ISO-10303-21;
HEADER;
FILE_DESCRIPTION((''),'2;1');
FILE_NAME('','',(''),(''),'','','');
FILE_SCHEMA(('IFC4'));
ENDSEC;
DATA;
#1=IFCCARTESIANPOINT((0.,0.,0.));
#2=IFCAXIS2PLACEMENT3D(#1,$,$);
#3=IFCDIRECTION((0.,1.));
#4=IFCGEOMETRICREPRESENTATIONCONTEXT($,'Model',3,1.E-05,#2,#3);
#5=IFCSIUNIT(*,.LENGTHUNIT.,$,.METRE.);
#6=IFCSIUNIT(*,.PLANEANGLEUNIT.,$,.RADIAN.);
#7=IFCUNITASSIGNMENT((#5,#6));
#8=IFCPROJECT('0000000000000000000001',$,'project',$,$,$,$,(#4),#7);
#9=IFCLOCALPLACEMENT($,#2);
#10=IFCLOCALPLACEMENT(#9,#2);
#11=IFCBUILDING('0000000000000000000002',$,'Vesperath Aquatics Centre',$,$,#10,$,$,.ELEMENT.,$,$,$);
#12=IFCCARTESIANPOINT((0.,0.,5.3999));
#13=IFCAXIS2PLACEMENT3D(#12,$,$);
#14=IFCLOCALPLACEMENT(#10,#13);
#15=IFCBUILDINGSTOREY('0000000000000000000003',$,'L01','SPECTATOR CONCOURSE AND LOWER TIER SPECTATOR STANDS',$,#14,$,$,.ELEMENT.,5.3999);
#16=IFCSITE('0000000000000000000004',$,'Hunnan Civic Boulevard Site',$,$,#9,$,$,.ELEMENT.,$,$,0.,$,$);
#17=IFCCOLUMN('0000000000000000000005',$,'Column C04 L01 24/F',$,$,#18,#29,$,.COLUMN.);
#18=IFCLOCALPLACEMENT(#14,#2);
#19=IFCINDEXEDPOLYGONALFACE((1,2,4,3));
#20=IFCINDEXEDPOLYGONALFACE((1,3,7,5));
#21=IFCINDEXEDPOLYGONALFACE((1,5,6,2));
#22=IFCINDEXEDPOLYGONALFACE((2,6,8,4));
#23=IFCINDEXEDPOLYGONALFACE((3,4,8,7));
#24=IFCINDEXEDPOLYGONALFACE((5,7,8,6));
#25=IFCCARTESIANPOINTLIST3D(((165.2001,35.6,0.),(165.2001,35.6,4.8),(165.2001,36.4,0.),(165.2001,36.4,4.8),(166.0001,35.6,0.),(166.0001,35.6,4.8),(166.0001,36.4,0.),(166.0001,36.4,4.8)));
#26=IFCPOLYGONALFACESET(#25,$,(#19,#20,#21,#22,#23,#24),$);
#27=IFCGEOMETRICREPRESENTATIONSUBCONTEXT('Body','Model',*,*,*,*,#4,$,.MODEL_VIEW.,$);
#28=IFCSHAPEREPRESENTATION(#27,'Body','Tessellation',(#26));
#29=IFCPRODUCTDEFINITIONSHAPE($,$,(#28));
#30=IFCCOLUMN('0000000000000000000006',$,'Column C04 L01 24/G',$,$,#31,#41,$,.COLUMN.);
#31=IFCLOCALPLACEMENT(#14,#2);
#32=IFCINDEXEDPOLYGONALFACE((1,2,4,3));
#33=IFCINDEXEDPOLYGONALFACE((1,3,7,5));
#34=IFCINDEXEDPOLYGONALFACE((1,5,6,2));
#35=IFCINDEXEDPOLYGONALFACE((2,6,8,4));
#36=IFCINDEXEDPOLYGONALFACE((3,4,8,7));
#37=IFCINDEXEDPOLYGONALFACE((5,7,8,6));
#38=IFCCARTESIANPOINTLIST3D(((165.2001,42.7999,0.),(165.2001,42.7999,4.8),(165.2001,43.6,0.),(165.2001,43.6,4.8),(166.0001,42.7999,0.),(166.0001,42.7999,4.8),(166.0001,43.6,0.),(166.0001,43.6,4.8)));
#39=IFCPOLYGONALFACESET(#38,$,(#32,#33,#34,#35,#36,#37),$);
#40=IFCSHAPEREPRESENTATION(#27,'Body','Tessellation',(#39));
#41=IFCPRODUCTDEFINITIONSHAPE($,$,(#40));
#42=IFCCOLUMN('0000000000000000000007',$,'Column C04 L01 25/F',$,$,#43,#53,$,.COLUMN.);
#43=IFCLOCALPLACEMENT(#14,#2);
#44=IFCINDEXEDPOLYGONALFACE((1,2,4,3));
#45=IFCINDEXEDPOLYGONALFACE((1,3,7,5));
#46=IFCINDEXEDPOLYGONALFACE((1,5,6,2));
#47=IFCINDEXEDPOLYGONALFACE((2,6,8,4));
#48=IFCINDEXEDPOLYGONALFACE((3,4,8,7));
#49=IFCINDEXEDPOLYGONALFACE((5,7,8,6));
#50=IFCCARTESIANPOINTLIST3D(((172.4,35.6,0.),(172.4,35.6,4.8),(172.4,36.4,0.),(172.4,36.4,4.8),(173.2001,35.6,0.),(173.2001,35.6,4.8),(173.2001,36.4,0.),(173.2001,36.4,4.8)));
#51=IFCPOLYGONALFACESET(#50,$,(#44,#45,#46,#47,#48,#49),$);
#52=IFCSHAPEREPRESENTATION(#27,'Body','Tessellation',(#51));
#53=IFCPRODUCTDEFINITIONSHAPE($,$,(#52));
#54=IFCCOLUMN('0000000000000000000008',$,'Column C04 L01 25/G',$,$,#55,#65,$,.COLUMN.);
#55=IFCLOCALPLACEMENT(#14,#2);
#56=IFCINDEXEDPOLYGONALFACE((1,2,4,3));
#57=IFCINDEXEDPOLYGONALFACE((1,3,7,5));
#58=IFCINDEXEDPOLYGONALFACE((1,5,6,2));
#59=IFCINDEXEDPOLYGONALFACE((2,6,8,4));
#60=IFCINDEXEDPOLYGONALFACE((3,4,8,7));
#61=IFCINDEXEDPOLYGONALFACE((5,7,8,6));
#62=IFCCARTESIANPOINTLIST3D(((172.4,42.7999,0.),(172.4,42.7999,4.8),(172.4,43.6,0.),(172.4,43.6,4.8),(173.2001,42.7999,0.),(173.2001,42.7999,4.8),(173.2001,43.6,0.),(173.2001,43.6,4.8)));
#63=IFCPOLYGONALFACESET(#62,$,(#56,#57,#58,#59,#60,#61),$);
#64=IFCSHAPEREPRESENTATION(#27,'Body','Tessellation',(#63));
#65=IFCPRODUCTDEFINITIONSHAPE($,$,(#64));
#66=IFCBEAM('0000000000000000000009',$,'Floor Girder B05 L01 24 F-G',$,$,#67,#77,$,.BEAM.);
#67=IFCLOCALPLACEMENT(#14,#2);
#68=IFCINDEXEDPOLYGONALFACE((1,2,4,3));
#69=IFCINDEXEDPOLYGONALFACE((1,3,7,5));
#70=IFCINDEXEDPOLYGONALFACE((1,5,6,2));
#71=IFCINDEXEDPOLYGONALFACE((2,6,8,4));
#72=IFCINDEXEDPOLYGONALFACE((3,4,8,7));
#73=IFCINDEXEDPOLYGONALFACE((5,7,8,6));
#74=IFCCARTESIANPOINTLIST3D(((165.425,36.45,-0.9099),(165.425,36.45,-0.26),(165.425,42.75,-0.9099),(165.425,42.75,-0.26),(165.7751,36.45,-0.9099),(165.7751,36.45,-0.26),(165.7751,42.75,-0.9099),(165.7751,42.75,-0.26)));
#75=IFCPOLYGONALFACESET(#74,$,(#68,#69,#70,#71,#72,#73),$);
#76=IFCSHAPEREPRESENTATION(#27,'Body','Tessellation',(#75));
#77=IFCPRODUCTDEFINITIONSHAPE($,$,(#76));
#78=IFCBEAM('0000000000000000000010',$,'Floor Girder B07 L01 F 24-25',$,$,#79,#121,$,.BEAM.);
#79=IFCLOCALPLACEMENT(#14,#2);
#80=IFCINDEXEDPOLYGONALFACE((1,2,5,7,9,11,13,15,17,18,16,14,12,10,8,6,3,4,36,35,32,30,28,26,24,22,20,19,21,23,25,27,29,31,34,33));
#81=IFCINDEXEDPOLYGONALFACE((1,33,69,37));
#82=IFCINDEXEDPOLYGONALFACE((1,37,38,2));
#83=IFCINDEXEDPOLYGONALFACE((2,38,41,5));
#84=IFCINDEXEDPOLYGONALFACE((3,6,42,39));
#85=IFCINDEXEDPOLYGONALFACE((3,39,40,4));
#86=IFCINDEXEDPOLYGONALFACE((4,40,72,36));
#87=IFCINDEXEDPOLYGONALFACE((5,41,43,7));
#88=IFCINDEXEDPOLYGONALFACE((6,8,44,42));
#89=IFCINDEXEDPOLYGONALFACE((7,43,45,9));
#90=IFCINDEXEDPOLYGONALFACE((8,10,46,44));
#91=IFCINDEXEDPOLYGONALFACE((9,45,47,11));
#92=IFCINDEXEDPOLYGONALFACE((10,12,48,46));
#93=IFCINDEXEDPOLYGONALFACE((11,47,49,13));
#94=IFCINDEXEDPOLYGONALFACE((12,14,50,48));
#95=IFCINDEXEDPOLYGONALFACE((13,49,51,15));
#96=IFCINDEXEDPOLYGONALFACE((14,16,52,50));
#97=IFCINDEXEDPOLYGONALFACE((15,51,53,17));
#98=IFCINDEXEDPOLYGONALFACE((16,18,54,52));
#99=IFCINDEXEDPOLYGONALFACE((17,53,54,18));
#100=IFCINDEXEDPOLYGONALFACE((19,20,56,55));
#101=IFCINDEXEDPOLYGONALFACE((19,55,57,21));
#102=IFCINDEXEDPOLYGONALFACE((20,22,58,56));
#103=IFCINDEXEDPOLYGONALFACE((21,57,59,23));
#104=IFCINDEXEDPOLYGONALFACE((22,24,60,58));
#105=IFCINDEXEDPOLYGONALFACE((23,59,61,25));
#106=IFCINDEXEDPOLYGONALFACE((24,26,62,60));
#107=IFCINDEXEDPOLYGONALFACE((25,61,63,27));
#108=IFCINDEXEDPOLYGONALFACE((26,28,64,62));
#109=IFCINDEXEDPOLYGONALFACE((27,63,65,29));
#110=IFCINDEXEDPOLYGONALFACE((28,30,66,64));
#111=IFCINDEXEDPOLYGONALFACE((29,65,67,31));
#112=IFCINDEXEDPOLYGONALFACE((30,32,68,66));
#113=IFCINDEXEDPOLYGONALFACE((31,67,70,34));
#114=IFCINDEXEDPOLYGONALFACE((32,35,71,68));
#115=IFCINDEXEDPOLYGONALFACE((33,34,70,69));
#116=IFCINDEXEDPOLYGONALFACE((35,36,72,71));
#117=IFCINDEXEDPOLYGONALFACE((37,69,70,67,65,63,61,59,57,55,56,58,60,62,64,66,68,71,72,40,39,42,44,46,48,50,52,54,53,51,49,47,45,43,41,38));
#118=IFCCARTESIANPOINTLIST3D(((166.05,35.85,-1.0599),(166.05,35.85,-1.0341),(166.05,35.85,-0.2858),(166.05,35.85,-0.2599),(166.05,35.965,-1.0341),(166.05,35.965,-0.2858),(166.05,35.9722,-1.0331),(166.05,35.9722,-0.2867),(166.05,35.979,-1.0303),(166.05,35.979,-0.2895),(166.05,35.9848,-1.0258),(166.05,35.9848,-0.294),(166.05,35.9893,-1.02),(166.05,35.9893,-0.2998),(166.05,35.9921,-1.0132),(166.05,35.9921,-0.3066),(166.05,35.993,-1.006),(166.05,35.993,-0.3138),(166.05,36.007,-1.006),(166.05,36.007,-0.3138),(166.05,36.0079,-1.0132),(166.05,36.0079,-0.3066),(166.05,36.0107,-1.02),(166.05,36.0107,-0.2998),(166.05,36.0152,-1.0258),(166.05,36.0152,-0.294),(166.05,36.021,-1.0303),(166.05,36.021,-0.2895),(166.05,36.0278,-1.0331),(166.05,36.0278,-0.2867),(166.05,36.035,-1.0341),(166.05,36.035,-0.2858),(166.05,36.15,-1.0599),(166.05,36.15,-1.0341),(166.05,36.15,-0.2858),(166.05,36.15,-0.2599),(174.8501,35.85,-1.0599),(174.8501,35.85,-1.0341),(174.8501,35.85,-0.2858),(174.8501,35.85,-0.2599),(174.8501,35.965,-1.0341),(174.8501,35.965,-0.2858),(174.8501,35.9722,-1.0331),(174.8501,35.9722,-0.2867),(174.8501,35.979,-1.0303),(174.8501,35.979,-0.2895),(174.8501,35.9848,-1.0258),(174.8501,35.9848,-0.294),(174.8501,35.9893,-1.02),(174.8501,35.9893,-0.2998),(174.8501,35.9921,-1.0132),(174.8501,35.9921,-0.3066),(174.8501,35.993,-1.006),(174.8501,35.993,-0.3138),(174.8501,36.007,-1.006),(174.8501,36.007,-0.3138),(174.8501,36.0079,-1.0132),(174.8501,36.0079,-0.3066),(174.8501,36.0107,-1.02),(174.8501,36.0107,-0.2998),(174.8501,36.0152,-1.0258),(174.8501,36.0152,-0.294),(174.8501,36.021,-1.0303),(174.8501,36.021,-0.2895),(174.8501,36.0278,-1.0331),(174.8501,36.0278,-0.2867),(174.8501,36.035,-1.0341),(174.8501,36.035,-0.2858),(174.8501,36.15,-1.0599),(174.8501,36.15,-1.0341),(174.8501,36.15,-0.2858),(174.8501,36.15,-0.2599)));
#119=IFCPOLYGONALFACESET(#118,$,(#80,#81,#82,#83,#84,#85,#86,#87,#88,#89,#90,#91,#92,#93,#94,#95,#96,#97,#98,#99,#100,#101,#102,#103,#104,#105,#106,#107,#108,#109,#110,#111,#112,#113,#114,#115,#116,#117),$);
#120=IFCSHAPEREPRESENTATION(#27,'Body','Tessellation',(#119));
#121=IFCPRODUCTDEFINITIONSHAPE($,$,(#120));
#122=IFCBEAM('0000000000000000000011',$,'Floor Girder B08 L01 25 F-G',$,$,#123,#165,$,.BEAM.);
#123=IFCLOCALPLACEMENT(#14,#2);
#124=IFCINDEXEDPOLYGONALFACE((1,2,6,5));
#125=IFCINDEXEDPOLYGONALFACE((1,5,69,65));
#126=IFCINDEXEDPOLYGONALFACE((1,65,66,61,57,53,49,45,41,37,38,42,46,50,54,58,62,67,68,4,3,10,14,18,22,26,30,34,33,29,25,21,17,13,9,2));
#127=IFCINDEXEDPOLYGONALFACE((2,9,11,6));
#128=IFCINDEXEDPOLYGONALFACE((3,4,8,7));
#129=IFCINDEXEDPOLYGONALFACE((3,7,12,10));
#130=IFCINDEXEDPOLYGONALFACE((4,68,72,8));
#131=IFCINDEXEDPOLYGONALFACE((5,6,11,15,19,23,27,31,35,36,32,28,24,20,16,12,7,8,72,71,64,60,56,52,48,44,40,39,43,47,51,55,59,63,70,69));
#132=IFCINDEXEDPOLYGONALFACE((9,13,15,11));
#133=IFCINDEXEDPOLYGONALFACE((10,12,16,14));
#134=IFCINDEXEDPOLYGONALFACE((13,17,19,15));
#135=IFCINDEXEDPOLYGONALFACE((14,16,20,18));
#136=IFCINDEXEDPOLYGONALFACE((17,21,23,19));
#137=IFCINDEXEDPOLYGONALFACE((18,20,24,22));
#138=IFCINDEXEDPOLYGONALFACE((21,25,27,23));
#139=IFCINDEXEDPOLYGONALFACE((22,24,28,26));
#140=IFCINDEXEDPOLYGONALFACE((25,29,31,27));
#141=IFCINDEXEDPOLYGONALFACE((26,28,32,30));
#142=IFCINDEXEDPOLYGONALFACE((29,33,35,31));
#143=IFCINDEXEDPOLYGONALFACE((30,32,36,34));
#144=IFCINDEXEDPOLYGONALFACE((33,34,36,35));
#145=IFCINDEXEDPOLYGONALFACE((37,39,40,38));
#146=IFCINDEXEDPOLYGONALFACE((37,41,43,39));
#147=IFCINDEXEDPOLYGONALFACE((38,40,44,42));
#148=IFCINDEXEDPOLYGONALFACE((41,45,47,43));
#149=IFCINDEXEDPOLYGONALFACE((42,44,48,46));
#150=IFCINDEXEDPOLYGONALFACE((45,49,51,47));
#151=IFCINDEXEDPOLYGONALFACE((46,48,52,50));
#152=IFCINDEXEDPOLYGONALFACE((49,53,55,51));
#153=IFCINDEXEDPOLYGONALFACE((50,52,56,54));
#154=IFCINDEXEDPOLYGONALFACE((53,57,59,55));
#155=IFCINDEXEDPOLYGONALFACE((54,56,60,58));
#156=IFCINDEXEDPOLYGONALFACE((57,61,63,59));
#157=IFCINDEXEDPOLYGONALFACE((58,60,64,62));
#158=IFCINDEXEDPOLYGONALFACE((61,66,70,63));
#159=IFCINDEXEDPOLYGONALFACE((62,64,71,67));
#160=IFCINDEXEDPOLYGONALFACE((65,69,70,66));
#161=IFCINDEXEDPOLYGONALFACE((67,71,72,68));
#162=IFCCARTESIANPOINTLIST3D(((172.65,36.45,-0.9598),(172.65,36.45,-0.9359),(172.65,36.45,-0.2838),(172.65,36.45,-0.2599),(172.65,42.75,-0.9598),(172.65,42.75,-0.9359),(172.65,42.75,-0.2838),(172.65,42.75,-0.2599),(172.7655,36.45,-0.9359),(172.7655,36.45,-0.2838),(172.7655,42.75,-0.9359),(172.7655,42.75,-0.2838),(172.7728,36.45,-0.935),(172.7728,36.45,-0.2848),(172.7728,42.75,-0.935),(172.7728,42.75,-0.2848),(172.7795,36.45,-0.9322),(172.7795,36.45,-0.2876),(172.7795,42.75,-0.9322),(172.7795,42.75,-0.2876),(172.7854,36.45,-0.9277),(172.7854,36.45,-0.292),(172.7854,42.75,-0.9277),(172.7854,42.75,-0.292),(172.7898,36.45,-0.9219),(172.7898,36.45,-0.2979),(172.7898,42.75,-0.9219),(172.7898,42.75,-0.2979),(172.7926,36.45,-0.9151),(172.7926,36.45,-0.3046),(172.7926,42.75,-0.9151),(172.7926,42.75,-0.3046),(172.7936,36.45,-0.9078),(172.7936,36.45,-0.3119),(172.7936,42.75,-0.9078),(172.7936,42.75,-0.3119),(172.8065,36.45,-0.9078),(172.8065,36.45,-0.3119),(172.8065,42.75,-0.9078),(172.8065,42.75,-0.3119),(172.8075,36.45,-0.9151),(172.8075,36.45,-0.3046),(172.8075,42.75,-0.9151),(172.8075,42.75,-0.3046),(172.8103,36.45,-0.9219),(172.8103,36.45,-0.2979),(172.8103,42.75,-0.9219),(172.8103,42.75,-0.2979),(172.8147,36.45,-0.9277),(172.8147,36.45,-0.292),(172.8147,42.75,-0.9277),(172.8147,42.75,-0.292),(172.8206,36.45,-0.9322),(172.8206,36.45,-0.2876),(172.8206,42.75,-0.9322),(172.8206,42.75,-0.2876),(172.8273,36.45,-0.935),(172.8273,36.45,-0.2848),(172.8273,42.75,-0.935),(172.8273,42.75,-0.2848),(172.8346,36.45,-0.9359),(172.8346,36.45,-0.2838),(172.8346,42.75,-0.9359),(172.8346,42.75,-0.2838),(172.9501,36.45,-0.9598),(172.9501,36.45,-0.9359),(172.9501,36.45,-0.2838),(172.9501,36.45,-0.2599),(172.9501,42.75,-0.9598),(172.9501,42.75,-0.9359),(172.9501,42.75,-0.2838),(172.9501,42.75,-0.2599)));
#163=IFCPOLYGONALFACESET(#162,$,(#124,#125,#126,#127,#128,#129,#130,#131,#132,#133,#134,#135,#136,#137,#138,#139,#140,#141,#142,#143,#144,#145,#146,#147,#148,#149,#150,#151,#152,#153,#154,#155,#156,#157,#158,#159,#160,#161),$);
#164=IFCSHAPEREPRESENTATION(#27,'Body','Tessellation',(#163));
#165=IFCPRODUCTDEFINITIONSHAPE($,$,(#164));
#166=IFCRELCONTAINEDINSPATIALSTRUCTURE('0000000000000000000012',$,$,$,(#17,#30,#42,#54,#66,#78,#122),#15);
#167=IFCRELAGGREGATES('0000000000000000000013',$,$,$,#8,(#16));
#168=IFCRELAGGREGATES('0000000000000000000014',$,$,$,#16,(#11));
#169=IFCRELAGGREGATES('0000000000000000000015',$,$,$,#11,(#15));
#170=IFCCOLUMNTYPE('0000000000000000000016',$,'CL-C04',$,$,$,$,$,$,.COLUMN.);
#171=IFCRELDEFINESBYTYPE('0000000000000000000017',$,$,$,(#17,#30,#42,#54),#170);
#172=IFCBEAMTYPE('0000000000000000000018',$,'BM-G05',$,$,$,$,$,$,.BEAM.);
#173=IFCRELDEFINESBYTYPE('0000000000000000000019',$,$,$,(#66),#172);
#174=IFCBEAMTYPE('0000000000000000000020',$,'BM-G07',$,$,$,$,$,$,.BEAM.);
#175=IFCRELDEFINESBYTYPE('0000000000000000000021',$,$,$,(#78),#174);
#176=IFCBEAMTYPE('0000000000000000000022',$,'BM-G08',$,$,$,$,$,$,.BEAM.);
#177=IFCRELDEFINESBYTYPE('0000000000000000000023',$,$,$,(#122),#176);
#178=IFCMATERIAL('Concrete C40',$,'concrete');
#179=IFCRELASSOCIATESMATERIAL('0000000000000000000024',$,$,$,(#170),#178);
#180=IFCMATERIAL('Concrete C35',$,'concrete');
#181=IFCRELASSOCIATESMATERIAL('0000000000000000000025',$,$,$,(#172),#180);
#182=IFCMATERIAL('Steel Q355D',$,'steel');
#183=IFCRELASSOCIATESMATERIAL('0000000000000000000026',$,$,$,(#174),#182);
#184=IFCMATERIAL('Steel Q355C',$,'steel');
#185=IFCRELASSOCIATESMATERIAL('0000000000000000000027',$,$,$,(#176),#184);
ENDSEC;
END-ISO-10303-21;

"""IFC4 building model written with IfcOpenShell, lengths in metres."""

from ifc_helpers import new_model, si_unit, direction, frame, origin, origin_2d, place, context, subcontext, project, spatial, rectangle, i_section, extrude, material, material_profile, profile_set, type_object, element, save


model = new_model("IFC4")

# Units and contexts
model_context = context("Model", 3, precision=1e-05, world=origin(), true_north=direction((0.0, 1.0)))
body_context = subcontext(model_context, "Body", "Model", "MODEL_VIEW")
ifc_project = project(units=[si_unit("LENGTHUNIT", "METRE"), si_unit("PLANEANGLEUNIT", "RADIAN")], contexts=[model_context])

# Site, building, storey
site_placement = place(None, origin())
site = spatial("IfcSite", under=ifc_project, at=site_placement, Name="Hunnan Civic Boulevard Site", CompositionType="ELEMENT", RefElevation=0.0)
building_placement = place(site_placement, origin())
building = spatial("IfcBuilding", under=site, at=building_placement, Name="Vesperath Aquatics Centre", CompositionType="ELEMENT")
storey_placement = place(building_placement, frame((0.0, 0.0, 5.3999)))
storey = spatial("IfcBuildingStorey", under=building, at=storey_placement, Name="L01", Description="SPECTATOR CONCOURSE AND LOWER TIER SPECTATOR STANDS", CompositionType="ELEMENT", Elevation=5.3999)

# Columns
ifc_material_1 = material(Name="Concrete C40", Category="concrete")
ifc_material_profile_1 = material_profile(ifc_material_1, rectangle(XDim=0.8, YDim=0.8, at=origin_2d()), Name="RC 800x800")
ifc_profile_set_1 = profile_set([ifc_material_profile_1], Name="Concrete C40")
column_type = type_object("IfcColumnType", Name="CL-C04", PredefinedType="COLUMN", material=ifc_profile_set_1)
for number, where, z_axis, x_axis, name in (
    (1, (165.6001, 36.0, 0.0), (0.0, 0.0, 1.0), (1.0, 0.0, 0.0), "Column C04 L01 24/F"),
    (2, (165.6001, 43.2, 0.0), (0.0, 0.0, 1.0), (1.0, 0.0, 0.0), "Column C04 L01 24/G"),
    (3, (172.8, 36.0, 0.0), (0.0, 0.0, 1.0), (1.0, 0.0, 0.0), "Column C04 L01 25/F"),
    (4, (172.8, 43.2, 0.0), (0.0, 0.0, 1.0), (1.0, 0.0, 0.0), "Column C04 L01 25/G"),
):
    element("IfcColumn", number, at=place(storey_placement, frame(where, z_axis=z_axis, x_axis=x_axis)), inside=storey, type_object=column_type, Name=name, PredefinedType="COLUMN", context=body_context, shape_type="SweptSolid", body=[
        extrude(rectangle(XDim=0.8, YDim=0.8, at=origin_2d()), origin(), (0.0, 0.0, 1.0), 4.8),
    ])

# Beams
ifc_material_2 = material(Name="Concrete C35", Category="concrete")
ifc_material_profile_2 = material_profile(ifc_material_2, rectangle(XDim=0.3501, YDim=0.6499, at=origin_2d()), Name="RC 350x650")
ifc_profile_set_2 = profile_set([ifc_material_profile_2], Name="Concrete C35")
beam_type_1 = type_object("IfcBeamType", Name="BM-G05", PredefinedType="BEAM", material=ifc_profile_set_2)
beam_1_placement = place(storey_placement, frame((165.6001, 36.45, -0.585), z_axis=(0.0, 1.0, 0.0), x_axis=(-1.0, 0.0, 0.0)))
element("IfcBeam", 5, at=beam_1_placement, inside=storey, type_object=beam_type_1, Name="Floor Girder B05 L01 24 F-G", PredefinedType="BEAM", context=body_context, shape_type="SweptSolid", body=[
    extrude(rectangle(XDim=0.3501, YDim=0.6499, at=origin_2d()), origin(), (0.0, 0.0, 1.0), 6.3),
])
ifc_material_3 = material(Name="Steel Q355D", Category="steel")
ifc_material_profile_3 = material_profile(ifc_material_3, i_section(OverallWidth=0.3, OverallDepth=0.8, WebThickness=0.0139, FlangeThickness=0.0259, FilletRadius=0.0281, at=origin_2d()), Name="HN 800x300x14x26")
ifc_profile_set_3 = profile_set([ifc_material_profile_3], Name="Steel Q355D")
beam_type_2 = type_object("IfcBeamType", Name="BM-G07", PredefinedType="BEAM", material=ifc_profile_set_3)
beam_2_placement = place(storey_placement, frame((166.05, 36.0, -0.6599), z_axis=(1.0, 0.0, 0.0), x_axis=(0.0, 1.0, 0.0)))
element("IfcBeam", 6, at=beam_2_placement, inside=storey, type_object=beam_type_2, Name="Floor Girder B07 L01 F 24-25", PredefinedType="BEAM", context=body_context, shape_type="SweptSolid", body=[
    extrude(i_section(OverallWidth=0.3, OverallDepth=0.8, WebThickness=0.0139, FlangeThickness=0.0259, FilletRadius=0.0281, at=origin_2d()), origin(), (0.0, 0.0, 1.0), 8.8),
])
ifc_material_4 = material(Name="Steel Q355C", Category="steel")
ifc_material_profile_4 = material_profile(ifc_material_4, i_section(OverallWidth=0.3, OverallDepth=0.7, WebThickness=0.0129, FlangeThickness=0.0239, FilletRadius=0.0281, at=origin_2d()), Name="HN 700x300x13x24")
ifc_profile_set_4 = profile_set([ifc_material_profile_4], Name="Steel Q355C")
beam_type_3 = type_object("IfcBeamType", Name="BM-G08", PredefinedType="BEAM", material=ifc_profile_set_4)
beam_3_placement = place(storey_placement, frame((172.8, 36.45, -0.6099), z_axis=(0.0, 1.0, 0.0), x_axis=(-1.0, 0.0, 0.0)))
element("IfcBeam", 7, at=beam_3_placement, inside=storey, type_object=beam_type_3, Name="Floor Girder B08 L01 25 F-G", PredefinedType="BEAM", context=body_context, shape_type="SweptSolid", body=[
    extrude(i_section(OverallWidth=0.3, OverallDepth=0.7, WebThickness=0.0129, FlangeThickness=0.0239, FilletRadius=0.0281, at=origin_2d()), origin(), (0.0, 0.0, 1.0), 6.3),
])

save(model, "model.ifc")
